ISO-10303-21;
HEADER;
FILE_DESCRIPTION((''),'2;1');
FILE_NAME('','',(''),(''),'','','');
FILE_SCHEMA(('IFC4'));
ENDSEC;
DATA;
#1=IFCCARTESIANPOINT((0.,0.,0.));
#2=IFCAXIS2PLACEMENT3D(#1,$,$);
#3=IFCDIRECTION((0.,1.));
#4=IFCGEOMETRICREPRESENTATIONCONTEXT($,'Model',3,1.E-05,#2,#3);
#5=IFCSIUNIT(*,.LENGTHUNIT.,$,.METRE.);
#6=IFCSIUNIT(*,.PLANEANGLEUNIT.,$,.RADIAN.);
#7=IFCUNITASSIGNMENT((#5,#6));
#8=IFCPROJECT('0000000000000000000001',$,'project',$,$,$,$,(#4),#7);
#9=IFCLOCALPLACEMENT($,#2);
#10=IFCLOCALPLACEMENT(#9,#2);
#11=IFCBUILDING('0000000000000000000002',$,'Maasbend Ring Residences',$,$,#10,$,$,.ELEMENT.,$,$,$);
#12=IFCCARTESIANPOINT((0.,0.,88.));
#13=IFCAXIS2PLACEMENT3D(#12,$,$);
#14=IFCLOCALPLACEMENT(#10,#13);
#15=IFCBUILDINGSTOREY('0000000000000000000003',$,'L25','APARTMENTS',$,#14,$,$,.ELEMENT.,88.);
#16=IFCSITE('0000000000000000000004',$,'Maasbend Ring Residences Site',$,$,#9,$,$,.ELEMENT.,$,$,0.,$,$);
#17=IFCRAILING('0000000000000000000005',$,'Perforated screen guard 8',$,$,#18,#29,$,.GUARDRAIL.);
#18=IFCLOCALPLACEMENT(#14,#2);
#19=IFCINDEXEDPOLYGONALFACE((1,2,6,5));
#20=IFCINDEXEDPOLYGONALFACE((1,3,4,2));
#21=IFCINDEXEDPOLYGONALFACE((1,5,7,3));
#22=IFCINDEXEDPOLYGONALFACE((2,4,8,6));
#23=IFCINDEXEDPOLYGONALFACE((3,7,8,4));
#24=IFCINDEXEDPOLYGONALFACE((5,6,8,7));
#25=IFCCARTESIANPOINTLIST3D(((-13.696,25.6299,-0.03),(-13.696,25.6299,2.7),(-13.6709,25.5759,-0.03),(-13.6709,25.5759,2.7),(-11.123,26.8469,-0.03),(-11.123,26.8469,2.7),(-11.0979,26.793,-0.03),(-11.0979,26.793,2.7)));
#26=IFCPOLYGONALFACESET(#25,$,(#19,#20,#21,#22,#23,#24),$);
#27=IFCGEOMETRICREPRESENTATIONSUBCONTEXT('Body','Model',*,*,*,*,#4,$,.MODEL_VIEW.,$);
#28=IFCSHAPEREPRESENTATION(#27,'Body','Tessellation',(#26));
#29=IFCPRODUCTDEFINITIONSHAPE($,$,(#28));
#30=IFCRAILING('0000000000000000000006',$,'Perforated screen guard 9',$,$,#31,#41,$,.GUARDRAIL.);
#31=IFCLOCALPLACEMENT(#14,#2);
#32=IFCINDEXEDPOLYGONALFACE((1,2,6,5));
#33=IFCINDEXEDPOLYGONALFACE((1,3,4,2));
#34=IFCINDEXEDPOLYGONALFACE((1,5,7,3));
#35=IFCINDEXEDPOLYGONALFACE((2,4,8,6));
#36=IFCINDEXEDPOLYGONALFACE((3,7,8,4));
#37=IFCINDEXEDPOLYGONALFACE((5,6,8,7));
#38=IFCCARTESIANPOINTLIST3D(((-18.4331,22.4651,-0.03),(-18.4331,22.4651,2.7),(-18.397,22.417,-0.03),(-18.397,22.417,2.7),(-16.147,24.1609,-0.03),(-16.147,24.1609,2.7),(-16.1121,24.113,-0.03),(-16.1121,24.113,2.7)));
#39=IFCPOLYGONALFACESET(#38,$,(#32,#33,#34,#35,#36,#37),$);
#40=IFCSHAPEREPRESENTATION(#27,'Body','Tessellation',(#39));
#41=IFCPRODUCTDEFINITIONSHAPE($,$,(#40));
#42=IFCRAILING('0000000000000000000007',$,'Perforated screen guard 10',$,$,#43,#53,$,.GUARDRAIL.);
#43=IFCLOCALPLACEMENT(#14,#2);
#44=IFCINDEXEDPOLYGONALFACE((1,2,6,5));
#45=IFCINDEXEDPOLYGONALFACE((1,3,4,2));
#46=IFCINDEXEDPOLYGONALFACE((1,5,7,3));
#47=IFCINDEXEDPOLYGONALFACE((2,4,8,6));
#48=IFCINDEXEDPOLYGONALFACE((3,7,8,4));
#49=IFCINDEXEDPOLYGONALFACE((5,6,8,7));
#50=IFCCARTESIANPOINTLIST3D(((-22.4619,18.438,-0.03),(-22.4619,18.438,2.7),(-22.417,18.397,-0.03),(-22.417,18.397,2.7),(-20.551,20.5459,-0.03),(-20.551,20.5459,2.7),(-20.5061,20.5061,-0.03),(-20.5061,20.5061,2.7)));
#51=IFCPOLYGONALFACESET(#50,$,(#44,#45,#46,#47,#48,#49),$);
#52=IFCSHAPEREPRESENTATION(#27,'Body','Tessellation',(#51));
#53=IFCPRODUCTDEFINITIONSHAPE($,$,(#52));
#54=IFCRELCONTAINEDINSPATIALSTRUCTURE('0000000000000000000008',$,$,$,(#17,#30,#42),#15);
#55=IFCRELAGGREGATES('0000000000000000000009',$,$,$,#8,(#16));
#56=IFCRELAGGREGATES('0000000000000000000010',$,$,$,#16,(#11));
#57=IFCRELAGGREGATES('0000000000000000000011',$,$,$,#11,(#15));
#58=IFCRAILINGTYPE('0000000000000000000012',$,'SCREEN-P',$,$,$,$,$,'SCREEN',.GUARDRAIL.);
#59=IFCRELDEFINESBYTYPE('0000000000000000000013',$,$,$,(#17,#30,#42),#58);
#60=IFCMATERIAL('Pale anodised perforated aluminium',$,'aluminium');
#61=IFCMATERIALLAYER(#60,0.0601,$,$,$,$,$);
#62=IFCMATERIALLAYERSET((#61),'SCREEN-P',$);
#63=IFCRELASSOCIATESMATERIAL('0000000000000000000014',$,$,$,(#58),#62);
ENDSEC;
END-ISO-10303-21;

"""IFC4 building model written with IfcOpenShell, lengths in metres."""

from ifc_helpers import new_model, si_unit, direction, frame, origin, place, context, subcontext, project, spatial, polyline, outline, extrude, material, layer, layer_set, type_object, element, save


model = new_model("IFC4")

# Units and contexts
model_context = context("Model", 3, precision=1e-05, world=origin(), true_north=direction((0.0, 1.0)))
body_context = subcontext(model_context, "Body", "Model", "MODEL_VIEW")
ifc_project = project(units=[si_unit("LENGTHUNIT", "METRE"), si_unit("PLANEANGLEUNIT", "RADIAN")], contexts=[model_context])

# Site, building, storey
site_placement = place(None, origin())
site = spatial("IfcSite", under=ifc_project, at=site_placement, Name="Maasbend Ring Residences Site", CompositionType="ELEMENT", RefElevation=0.0)
building_placement = place(site_placement, origin())
building = spatial("IfcBuilding", under=site, at=building_placement, Name="Maasbend Ring Residences", CompositionType="ELEMENT")
storey_placement = place(building_placement, frame((0.0, 0.0, 88.0)))
storey = spatial("IfcBuildingStorey", under=building, at=storey_placement, Name="L25", Description="APARTMENTS", CompositionType="ELEMENT", Elevation=88.0)

# Railings
ifc_material_1 = material(Name="Pale anodised perforated aluminium", Category="aluminium")
ifc_layer_1 = layer(ifc_material_1, 0.0601)
ifc_layer_set_1 = layer_set([ifc_layer_1], Name="SCREEN-P")
railing_type = type_object("IfcRailingType", Name="SCREEN-P", ElementType="SCREEN", PredefinedType="GUARDRAIL", material=ifc_layer_set_1)
railing_1_placement = place(storey_placement, frame((0.0, 0.0, -0.03)))
element("IfcRailing", 1, at=railing_1_placement, inside=storey, type_object=railing_type, Name="Perforated screen guard 8", PredefinedType="GUARDRAIL", context=body_context, shape_type="SweptSolid", body=[
    extrude(outline(polyline([(-11.0979, 26.793), (-13.6709, 25.5759), (-13.696, 25.6299), (-11.123, 26.8469), (-11.0979, 26.793)])), origin(), (0.0, 0.0, 1.0), 2.73),
])
railing_2_placement = place(storey_placement, frame((0.0, 0.0, -0.03)))
element("IfcRailing", 2, at=railing_2_placement, inside=storey, type_object=railing_type, Name="Perforated screen guard 9", PredefinedType="GUARDRAIL", context=body_context, shape_type="SweptSolid", body=[
    extrude(outline(polyline([(-16.1121, 24.113), (-18.397, 22.417), (-18.4331, 22.4651), (-16.147, 24.1609), (-16.1121, 24.113)])), origin(), (0.0, 0.0, 1.0), 2.73),
])
railing_3_placement = place(storey_placement, frame((0.0, 0.0, -0.03)))
element("IfcRailing", 3, at=railing_3_placement, inside=storey, type_object=railing_type, Name="Perforated screen guard 10", PredefinedType="GUARDRAIL", context=body_context, shape_type="SweptSolid", body=[
    extrude(outline(polyline([(-20.5061, 20.5061), (-22.417, 18.397), (-22.4619, 18.438), (-20.551, 20.5459), (-20.5061, 20.5061)])), origin(), (0.0, 0.0, 1.0), 2.73),
])

save(model, "model.ifc")
